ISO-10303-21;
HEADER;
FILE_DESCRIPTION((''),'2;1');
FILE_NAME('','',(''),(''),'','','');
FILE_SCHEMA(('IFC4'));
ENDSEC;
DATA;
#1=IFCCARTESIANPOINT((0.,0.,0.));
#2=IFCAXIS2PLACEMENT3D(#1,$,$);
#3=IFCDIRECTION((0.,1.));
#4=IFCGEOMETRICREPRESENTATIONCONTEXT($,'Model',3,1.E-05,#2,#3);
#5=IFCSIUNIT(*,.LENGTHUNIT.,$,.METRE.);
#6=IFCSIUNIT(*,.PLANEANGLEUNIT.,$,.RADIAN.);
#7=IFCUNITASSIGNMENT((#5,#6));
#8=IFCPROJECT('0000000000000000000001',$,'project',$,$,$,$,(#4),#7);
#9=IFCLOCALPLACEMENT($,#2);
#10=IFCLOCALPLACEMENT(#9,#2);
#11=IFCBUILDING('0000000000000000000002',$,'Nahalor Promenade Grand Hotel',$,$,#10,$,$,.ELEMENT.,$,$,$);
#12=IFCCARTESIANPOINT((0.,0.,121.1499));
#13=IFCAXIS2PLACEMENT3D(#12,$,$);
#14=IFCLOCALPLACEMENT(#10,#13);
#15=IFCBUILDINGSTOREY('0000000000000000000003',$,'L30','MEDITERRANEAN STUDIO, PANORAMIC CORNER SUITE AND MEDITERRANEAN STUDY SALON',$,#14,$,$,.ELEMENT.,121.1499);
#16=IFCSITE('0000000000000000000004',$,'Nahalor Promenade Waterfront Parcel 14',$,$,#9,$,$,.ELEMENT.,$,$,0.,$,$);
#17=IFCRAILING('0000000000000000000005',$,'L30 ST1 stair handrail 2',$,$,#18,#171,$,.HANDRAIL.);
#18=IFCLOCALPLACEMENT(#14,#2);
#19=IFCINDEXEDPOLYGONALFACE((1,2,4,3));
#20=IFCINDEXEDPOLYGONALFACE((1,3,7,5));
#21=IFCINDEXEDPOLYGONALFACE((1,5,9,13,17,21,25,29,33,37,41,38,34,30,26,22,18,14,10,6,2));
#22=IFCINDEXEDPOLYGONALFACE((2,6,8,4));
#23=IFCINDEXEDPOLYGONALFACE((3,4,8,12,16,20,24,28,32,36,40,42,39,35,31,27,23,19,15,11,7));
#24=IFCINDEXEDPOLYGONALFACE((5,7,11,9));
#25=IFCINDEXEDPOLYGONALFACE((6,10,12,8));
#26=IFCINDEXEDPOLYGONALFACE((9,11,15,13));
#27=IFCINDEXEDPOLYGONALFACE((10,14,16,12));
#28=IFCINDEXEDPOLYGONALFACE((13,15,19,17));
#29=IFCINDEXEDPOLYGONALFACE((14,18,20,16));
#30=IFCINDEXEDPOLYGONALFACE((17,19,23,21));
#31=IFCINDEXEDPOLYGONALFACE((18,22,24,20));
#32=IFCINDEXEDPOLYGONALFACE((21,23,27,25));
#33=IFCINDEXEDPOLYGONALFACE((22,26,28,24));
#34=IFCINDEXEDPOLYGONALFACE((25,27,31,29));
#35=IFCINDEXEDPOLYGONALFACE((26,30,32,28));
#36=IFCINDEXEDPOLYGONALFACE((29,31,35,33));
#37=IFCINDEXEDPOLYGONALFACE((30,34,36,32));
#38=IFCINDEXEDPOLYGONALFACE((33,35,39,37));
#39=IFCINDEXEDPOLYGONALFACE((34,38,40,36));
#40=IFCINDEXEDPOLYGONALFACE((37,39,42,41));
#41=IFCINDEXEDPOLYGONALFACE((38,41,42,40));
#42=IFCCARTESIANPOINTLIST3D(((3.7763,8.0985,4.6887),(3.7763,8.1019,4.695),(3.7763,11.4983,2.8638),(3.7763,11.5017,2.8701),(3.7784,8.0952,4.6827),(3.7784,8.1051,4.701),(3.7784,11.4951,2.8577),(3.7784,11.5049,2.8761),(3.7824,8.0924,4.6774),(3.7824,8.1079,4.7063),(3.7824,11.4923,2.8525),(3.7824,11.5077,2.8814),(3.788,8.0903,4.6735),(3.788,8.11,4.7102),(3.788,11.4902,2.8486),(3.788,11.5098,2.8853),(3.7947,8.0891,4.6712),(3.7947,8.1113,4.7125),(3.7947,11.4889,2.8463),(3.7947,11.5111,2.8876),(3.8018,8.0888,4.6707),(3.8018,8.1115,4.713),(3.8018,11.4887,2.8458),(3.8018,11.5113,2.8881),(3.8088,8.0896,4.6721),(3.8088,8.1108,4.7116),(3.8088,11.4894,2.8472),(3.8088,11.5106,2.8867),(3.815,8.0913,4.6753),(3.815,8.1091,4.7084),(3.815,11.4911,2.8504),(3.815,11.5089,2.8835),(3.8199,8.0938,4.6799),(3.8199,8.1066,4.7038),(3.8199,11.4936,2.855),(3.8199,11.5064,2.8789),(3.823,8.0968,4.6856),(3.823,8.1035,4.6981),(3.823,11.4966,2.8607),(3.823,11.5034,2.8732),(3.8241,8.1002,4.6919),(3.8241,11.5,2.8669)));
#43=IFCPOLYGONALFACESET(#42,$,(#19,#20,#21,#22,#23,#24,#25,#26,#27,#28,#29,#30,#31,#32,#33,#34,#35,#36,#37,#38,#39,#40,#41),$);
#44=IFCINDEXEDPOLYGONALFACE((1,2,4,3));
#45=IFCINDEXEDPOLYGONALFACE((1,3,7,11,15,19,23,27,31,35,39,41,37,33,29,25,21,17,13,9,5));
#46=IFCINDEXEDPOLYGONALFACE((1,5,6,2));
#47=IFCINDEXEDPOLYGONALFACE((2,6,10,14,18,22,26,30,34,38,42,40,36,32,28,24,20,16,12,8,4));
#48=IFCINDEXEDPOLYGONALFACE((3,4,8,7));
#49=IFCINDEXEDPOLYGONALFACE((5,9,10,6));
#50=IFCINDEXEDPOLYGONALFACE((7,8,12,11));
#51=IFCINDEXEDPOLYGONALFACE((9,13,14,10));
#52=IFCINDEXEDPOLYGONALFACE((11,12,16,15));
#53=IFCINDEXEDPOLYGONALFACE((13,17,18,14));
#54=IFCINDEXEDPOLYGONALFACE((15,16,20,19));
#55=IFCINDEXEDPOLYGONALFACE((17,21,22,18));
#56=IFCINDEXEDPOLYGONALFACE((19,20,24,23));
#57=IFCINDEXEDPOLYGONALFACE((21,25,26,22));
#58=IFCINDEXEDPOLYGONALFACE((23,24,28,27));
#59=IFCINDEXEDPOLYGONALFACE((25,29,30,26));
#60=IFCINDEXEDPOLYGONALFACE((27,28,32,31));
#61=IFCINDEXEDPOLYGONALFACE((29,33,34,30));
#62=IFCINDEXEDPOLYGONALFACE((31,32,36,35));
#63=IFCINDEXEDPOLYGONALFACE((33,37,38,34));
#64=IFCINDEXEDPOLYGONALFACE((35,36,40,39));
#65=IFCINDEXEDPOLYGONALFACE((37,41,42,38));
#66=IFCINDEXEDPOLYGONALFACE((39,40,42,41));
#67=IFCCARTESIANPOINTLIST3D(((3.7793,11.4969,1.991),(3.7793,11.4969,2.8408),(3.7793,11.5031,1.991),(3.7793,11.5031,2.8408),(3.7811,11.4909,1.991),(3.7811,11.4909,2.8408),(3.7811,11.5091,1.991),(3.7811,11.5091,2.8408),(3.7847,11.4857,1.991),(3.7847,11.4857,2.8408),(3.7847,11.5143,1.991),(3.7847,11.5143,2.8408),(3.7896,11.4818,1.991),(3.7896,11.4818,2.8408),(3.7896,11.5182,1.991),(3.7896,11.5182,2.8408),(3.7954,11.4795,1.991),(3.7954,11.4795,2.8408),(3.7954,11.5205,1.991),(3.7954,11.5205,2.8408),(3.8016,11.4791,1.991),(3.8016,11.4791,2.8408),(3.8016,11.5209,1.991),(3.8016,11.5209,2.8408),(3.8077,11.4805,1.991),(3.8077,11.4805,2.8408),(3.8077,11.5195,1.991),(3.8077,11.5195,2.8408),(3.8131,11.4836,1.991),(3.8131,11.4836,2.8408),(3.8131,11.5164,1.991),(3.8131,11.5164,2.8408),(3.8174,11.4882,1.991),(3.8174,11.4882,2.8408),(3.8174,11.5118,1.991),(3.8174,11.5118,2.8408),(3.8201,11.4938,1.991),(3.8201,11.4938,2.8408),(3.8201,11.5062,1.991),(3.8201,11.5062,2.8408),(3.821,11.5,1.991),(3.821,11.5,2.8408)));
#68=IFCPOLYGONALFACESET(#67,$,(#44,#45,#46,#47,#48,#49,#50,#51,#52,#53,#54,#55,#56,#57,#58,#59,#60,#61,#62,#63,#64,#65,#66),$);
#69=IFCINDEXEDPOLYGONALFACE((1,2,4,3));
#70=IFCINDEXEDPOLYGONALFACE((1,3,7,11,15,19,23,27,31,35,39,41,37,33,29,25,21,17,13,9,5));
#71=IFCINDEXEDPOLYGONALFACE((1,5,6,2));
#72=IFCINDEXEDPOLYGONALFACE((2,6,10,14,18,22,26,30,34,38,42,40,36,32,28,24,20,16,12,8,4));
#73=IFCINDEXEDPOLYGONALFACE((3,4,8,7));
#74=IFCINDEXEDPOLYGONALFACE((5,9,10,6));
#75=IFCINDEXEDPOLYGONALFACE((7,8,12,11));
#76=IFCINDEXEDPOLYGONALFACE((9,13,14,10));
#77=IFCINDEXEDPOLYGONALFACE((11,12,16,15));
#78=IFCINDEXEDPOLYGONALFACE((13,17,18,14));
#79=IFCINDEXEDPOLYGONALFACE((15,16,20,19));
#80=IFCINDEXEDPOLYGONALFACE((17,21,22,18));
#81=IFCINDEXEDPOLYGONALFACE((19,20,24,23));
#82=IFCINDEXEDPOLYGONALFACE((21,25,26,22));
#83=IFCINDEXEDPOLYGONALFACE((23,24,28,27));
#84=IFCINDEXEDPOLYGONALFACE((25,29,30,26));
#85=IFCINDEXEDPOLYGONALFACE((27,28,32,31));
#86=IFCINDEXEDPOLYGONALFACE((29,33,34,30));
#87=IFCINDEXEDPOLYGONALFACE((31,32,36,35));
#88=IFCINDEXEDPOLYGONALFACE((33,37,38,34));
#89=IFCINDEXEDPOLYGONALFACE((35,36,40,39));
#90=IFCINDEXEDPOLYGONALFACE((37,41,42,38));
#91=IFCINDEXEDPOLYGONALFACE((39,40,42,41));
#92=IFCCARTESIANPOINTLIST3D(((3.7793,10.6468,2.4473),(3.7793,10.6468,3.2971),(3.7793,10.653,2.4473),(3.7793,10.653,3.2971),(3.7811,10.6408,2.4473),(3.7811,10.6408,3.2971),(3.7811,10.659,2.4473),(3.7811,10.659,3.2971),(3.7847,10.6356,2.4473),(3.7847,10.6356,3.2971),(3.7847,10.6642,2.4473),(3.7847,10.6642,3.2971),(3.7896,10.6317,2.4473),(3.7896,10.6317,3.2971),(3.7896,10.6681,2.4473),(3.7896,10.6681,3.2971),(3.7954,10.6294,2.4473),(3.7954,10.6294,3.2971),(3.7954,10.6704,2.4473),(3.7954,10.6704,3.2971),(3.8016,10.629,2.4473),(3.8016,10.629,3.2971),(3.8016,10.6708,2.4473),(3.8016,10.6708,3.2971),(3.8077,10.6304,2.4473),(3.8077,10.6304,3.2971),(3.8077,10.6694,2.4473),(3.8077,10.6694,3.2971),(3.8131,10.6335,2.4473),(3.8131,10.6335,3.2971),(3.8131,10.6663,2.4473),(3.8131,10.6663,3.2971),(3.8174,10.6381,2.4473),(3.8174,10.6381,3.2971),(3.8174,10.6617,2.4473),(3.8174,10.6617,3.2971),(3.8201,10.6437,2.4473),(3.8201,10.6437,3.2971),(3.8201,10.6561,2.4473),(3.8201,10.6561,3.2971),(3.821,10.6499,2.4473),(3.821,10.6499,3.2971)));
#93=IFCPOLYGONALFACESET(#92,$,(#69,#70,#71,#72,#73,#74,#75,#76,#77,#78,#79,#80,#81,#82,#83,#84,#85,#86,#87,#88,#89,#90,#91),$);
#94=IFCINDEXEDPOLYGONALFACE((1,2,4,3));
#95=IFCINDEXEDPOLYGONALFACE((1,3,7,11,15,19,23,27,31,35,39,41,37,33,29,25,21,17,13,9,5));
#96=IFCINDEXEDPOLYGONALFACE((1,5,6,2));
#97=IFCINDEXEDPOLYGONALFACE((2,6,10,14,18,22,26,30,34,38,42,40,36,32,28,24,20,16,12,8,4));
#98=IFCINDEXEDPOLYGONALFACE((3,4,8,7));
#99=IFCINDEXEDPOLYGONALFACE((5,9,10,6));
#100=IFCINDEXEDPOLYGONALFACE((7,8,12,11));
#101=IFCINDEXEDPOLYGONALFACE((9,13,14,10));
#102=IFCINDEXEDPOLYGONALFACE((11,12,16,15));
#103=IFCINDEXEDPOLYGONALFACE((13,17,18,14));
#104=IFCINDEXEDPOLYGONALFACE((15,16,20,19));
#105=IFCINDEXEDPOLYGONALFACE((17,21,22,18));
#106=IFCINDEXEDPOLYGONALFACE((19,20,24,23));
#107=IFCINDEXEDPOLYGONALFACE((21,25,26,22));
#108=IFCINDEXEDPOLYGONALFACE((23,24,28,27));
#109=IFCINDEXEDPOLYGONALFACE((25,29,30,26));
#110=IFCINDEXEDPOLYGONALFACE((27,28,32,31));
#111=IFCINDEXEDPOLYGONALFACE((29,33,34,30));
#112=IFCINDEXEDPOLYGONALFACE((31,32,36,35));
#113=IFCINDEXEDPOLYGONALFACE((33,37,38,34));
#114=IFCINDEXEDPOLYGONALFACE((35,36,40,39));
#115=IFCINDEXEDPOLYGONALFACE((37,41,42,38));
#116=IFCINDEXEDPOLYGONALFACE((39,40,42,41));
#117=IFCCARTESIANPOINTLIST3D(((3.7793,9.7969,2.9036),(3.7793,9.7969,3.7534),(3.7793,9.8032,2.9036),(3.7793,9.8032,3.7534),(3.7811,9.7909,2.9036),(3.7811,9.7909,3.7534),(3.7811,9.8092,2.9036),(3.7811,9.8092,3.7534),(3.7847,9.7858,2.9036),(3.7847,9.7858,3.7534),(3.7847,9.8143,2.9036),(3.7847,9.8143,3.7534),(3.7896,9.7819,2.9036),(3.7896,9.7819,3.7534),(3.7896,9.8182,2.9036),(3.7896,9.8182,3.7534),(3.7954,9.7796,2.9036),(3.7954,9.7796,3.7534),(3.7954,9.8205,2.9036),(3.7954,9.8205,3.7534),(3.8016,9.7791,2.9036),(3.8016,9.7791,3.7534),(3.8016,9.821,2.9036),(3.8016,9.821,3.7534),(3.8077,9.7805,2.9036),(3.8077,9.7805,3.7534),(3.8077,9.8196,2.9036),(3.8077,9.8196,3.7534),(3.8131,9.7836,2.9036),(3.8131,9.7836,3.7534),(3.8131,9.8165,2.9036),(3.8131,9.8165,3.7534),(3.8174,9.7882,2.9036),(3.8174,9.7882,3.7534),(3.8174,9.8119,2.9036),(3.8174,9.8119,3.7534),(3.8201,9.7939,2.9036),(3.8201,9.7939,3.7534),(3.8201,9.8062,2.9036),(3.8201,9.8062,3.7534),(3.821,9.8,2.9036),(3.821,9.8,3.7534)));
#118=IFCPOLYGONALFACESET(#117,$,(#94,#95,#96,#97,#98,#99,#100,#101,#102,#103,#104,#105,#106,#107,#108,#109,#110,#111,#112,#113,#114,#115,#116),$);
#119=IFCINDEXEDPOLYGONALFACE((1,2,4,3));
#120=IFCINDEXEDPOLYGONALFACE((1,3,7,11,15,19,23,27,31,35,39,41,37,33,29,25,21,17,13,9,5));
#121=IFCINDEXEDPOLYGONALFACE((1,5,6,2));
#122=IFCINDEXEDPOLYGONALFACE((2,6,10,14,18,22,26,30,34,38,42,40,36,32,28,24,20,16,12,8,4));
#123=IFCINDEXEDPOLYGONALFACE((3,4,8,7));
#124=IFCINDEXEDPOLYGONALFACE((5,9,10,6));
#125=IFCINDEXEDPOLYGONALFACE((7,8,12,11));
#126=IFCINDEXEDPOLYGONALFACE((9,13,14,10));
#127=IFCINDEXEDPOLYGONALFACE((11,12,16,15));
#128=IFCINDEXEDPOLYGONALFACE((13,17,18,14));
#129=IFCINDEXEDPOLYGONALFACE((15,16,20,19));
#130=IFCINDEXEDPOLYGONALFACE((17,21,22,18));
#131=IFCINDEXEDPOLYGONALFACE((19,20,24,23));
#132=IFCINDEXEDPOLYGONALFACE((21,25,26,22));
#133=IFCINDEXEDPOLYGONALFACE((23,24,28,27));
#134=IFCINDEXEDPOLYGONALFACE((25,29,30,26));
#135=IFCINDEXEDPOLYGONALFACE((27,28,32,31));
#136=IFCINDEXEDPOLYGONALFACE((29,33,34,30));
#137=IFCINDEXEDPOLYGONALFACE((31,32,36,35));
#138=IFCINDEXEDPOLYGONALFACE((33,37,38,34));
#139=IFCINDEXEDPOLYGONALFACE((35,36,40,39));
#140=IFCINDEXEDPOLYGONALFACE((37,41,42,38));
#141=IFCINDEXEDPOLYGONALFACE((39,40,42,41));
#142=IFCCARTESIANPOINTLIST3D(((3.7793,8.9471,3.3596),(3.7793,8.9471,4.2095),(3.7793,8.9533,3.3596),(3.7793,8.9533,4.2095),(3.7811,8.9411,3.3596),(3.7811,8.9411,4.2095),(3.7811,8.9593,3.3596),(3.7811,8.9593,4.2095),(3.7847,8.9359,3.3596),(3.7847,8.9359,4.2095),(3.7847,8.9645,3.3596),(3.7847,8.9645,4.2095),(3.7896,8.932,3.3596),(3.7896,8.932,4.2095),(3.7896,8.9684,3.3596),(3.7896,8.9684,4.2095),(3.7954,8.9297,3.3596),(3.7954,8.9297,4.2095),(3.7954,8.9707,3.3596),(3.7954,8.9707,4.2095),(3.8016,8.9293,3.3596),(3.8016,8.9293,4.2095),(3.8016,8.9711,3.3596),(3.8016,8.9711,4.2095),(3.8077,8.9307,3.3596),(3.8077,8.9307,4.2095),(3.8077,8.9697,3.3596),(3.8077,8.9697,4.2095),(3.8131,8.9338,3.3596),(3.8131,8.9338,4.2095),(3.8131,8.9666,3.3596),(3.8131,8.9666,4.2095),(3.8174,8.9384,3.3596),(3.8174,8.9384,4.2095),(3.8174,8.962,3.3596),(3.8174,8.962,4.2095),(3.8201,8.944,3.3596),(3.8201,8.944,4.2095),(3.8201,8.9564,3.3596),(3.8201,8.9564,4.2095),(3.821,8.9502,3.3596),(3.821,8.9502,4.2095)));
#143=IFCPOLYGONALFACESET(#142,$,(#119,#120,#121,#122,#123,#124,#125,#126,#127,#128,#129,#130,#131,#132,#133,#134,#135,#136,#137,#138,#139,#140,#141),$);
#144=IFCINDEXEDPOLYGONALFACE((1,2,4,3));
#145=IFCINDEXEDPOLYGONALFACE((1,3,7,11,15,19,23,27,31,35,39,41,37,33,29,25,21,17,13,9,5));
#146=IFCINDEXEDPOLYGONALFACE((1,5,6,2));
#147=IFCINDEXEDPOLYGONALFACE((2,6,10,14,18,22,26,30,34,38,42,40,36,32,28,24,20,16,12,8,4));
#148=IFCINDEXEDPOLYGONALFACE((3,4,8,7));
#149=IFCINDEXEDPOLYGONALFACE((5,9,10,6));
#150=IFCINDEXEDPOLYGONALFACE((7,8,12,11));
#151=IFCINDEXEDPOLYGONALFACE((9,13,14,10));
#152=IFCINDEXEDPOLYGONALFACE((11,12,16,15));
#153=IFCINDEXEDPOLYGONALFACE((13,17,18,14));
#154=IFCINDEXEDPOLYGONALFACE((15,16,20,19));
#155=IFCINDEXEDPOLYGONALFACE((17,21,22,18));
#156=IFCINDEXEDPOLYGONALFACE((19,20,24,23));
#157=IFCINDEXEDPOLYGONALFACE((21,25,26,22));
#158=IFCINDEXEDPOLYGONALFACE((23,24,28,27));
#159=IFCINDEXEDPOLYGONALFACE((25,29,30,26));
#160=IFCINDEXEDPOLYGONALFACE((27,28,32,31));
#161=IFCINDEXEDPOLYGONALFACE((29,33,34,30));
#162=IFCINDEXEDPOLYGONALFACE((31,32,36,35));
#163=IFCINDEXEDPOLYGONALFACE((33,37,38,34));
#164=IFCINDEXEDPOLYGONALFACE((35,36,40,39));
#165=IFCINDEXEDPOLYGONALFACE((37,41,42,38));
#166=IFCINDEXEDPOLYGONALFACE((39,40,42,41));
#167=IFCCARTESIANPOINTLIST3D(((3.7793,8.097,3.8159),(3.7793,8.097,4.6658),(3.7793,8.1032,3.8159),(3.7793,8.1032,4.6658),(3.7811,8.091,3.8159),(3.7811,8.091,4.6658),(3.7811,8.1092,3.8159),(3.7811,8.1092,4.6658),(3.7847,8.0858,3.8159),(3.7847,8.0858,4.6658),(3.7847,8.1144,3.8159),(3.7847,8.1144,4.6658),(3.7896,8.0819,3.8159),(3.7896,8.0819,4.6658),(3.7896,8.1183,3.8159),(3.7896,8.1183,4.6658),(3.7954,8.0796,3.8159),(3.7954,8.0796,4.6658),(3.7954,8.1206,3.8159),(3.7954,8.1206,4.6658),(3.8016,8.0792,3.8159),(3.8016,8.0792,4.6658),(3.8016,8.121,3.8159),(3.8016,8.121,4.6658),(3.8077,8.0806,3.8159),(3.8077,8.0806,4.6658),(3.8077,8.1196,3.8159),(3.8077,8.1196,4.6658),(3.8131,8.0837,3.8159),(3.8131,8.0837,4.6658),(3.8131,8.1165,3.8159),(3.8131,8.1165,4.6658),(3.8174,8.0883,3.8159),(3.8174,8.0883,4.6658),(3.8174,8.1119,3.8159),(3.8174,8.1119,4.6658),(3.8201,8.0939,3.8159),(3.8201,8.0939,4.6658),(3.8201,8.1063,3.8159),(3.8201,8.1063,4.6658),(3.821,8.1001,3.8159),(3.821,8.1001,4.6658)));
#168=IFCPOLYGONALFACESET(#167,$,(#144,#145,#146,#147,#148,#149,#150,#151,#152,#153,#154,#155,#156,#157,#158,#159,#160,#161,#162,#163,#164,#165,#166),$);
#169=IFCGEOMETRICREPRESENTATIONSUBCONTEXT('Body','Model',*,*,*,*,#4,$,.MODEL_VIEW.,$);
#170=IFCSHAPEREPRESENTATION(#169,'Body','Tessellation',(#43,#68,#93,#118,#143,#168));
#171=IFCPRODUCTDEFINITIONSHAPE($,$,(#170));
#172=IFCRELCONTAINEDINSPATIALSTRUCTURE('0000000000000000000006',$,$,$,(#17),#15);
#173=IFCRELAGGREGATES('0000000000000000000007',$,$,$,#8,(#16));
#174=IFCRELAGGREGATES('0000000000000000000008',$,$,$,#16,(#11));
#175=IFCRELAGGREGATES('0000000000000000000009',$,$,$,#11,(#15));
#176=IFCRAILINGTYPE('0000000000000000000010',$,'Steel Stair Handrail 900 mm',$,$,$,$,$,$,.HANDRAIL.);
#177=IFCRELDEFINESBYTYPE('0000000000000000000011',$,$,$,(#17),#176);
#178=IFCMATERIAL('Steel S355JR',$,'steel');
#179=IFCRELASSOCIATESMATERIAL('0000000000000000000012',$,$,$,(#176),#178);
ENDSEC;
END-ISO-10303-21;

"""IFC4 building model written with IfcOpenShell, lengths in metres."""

from ifc_helpers import new_model, si_unit, direction, frame, origin, origin_2d, place, context, subcontext, project, spatial, circle, extrude, material, type_object, element, save


model = new_model("IFC4")

# Units and contexts
model_context = context("Model", 3, precision=1e-05, world=origin(), true_north=direction((0.0, 1.0)))
body_context = subcontext(model_context, "Body", "Model", "MODEL_VIEW")
ifc_project = project(units=[si_unit("LENGTHUNIT", "METRE"), si_unit("PLANEANGLEUNIT", "RADIAN")], contexts=[model_context])

# Site, building, storey
site_placement = place(None, origin())
site = spatial("IfcSite", under=ifc_project, at=site_placement, Name="Nahalor Promenade Waterfront Parcel 14", CompositionType="ELEMENT", RefElevation=0.0)
building_placement = place(site_placement, origin())
building = spatial("IfcBuilding", under=site, at=building_placement, Name="Nahalor Promenade Grand Hotel", CompositionType="ELEMENT")
storey_placement = place(building_placement, frame((0.0, 0.0, 121.1499)))
storey = spatial("IfcBuildingStorey", under=building, at=storey_placement, Name="L30", Description="MEDITERRANEAN STUDIO, PANORAMIC CORNER SUITE AND MEDITERRANEAN STUDY SALON", CompositionType="ELEMENT", Elevation=121.1499)

# Shared definitions
ifc_material_1 = material(Name="Steel S355JR", Category="steel")

# Railing
railing_type_1 = type_object("IfcRailingType", Name="Steel Stair Handrail 900 mm", PredefinedType="HANDRAIL", material=ifc_material_1)
railing_1_placement = place(storey_placement, frame((3.8, 11.5, 1.991)))
element("IfcRailing", 1, at=railing_1_placement, inside=storey, type_object=railing_type_1, Name="L30 ST1 stair handrail 2", PredefinedType="HANDRAIL", context=body_context, shape_type="SweptSolid", body=[
    extrude(circle(Radius=0.024, at=origin_2d()), frame((0.0, 0.0, 0.876), z_axis=(0.0, -0.881094, 0.472941), x_axis=(1.0, 0.0, 0.0)), (0.0, 0.0, 1.0), 3.8586),
    extrude(circle(Radius=0.021, at=origin_2d()), origin(), (0.0, 0.0, 1.0), 0.8499),
    extrude(circle(Radius=0.021, at=origin_2d()), frame((0.0, -0.8501, 0.4563)), (0.0, 0.0, 1.0), 0.8499),
    extrude(circle(Radius=0.021, at=origin_2d()), frame((0.0, -1.7, 0.9126)), (0.0, 0.0, 1.0), 0.8499),
    extrude(circle(Radius=0.021, at=origin_2d()), frame((0.0, -2.5498, 1.3687)), (0.0, 0.0, 1.0), 0.8499),
    extrude(circle(Radius=0.021, at=origin_2d()), frame((0.0, -3.3999, 1.825)), (0.0, 0.0, 1.0), 0.8499),
])

save(model, "model.ifc")
